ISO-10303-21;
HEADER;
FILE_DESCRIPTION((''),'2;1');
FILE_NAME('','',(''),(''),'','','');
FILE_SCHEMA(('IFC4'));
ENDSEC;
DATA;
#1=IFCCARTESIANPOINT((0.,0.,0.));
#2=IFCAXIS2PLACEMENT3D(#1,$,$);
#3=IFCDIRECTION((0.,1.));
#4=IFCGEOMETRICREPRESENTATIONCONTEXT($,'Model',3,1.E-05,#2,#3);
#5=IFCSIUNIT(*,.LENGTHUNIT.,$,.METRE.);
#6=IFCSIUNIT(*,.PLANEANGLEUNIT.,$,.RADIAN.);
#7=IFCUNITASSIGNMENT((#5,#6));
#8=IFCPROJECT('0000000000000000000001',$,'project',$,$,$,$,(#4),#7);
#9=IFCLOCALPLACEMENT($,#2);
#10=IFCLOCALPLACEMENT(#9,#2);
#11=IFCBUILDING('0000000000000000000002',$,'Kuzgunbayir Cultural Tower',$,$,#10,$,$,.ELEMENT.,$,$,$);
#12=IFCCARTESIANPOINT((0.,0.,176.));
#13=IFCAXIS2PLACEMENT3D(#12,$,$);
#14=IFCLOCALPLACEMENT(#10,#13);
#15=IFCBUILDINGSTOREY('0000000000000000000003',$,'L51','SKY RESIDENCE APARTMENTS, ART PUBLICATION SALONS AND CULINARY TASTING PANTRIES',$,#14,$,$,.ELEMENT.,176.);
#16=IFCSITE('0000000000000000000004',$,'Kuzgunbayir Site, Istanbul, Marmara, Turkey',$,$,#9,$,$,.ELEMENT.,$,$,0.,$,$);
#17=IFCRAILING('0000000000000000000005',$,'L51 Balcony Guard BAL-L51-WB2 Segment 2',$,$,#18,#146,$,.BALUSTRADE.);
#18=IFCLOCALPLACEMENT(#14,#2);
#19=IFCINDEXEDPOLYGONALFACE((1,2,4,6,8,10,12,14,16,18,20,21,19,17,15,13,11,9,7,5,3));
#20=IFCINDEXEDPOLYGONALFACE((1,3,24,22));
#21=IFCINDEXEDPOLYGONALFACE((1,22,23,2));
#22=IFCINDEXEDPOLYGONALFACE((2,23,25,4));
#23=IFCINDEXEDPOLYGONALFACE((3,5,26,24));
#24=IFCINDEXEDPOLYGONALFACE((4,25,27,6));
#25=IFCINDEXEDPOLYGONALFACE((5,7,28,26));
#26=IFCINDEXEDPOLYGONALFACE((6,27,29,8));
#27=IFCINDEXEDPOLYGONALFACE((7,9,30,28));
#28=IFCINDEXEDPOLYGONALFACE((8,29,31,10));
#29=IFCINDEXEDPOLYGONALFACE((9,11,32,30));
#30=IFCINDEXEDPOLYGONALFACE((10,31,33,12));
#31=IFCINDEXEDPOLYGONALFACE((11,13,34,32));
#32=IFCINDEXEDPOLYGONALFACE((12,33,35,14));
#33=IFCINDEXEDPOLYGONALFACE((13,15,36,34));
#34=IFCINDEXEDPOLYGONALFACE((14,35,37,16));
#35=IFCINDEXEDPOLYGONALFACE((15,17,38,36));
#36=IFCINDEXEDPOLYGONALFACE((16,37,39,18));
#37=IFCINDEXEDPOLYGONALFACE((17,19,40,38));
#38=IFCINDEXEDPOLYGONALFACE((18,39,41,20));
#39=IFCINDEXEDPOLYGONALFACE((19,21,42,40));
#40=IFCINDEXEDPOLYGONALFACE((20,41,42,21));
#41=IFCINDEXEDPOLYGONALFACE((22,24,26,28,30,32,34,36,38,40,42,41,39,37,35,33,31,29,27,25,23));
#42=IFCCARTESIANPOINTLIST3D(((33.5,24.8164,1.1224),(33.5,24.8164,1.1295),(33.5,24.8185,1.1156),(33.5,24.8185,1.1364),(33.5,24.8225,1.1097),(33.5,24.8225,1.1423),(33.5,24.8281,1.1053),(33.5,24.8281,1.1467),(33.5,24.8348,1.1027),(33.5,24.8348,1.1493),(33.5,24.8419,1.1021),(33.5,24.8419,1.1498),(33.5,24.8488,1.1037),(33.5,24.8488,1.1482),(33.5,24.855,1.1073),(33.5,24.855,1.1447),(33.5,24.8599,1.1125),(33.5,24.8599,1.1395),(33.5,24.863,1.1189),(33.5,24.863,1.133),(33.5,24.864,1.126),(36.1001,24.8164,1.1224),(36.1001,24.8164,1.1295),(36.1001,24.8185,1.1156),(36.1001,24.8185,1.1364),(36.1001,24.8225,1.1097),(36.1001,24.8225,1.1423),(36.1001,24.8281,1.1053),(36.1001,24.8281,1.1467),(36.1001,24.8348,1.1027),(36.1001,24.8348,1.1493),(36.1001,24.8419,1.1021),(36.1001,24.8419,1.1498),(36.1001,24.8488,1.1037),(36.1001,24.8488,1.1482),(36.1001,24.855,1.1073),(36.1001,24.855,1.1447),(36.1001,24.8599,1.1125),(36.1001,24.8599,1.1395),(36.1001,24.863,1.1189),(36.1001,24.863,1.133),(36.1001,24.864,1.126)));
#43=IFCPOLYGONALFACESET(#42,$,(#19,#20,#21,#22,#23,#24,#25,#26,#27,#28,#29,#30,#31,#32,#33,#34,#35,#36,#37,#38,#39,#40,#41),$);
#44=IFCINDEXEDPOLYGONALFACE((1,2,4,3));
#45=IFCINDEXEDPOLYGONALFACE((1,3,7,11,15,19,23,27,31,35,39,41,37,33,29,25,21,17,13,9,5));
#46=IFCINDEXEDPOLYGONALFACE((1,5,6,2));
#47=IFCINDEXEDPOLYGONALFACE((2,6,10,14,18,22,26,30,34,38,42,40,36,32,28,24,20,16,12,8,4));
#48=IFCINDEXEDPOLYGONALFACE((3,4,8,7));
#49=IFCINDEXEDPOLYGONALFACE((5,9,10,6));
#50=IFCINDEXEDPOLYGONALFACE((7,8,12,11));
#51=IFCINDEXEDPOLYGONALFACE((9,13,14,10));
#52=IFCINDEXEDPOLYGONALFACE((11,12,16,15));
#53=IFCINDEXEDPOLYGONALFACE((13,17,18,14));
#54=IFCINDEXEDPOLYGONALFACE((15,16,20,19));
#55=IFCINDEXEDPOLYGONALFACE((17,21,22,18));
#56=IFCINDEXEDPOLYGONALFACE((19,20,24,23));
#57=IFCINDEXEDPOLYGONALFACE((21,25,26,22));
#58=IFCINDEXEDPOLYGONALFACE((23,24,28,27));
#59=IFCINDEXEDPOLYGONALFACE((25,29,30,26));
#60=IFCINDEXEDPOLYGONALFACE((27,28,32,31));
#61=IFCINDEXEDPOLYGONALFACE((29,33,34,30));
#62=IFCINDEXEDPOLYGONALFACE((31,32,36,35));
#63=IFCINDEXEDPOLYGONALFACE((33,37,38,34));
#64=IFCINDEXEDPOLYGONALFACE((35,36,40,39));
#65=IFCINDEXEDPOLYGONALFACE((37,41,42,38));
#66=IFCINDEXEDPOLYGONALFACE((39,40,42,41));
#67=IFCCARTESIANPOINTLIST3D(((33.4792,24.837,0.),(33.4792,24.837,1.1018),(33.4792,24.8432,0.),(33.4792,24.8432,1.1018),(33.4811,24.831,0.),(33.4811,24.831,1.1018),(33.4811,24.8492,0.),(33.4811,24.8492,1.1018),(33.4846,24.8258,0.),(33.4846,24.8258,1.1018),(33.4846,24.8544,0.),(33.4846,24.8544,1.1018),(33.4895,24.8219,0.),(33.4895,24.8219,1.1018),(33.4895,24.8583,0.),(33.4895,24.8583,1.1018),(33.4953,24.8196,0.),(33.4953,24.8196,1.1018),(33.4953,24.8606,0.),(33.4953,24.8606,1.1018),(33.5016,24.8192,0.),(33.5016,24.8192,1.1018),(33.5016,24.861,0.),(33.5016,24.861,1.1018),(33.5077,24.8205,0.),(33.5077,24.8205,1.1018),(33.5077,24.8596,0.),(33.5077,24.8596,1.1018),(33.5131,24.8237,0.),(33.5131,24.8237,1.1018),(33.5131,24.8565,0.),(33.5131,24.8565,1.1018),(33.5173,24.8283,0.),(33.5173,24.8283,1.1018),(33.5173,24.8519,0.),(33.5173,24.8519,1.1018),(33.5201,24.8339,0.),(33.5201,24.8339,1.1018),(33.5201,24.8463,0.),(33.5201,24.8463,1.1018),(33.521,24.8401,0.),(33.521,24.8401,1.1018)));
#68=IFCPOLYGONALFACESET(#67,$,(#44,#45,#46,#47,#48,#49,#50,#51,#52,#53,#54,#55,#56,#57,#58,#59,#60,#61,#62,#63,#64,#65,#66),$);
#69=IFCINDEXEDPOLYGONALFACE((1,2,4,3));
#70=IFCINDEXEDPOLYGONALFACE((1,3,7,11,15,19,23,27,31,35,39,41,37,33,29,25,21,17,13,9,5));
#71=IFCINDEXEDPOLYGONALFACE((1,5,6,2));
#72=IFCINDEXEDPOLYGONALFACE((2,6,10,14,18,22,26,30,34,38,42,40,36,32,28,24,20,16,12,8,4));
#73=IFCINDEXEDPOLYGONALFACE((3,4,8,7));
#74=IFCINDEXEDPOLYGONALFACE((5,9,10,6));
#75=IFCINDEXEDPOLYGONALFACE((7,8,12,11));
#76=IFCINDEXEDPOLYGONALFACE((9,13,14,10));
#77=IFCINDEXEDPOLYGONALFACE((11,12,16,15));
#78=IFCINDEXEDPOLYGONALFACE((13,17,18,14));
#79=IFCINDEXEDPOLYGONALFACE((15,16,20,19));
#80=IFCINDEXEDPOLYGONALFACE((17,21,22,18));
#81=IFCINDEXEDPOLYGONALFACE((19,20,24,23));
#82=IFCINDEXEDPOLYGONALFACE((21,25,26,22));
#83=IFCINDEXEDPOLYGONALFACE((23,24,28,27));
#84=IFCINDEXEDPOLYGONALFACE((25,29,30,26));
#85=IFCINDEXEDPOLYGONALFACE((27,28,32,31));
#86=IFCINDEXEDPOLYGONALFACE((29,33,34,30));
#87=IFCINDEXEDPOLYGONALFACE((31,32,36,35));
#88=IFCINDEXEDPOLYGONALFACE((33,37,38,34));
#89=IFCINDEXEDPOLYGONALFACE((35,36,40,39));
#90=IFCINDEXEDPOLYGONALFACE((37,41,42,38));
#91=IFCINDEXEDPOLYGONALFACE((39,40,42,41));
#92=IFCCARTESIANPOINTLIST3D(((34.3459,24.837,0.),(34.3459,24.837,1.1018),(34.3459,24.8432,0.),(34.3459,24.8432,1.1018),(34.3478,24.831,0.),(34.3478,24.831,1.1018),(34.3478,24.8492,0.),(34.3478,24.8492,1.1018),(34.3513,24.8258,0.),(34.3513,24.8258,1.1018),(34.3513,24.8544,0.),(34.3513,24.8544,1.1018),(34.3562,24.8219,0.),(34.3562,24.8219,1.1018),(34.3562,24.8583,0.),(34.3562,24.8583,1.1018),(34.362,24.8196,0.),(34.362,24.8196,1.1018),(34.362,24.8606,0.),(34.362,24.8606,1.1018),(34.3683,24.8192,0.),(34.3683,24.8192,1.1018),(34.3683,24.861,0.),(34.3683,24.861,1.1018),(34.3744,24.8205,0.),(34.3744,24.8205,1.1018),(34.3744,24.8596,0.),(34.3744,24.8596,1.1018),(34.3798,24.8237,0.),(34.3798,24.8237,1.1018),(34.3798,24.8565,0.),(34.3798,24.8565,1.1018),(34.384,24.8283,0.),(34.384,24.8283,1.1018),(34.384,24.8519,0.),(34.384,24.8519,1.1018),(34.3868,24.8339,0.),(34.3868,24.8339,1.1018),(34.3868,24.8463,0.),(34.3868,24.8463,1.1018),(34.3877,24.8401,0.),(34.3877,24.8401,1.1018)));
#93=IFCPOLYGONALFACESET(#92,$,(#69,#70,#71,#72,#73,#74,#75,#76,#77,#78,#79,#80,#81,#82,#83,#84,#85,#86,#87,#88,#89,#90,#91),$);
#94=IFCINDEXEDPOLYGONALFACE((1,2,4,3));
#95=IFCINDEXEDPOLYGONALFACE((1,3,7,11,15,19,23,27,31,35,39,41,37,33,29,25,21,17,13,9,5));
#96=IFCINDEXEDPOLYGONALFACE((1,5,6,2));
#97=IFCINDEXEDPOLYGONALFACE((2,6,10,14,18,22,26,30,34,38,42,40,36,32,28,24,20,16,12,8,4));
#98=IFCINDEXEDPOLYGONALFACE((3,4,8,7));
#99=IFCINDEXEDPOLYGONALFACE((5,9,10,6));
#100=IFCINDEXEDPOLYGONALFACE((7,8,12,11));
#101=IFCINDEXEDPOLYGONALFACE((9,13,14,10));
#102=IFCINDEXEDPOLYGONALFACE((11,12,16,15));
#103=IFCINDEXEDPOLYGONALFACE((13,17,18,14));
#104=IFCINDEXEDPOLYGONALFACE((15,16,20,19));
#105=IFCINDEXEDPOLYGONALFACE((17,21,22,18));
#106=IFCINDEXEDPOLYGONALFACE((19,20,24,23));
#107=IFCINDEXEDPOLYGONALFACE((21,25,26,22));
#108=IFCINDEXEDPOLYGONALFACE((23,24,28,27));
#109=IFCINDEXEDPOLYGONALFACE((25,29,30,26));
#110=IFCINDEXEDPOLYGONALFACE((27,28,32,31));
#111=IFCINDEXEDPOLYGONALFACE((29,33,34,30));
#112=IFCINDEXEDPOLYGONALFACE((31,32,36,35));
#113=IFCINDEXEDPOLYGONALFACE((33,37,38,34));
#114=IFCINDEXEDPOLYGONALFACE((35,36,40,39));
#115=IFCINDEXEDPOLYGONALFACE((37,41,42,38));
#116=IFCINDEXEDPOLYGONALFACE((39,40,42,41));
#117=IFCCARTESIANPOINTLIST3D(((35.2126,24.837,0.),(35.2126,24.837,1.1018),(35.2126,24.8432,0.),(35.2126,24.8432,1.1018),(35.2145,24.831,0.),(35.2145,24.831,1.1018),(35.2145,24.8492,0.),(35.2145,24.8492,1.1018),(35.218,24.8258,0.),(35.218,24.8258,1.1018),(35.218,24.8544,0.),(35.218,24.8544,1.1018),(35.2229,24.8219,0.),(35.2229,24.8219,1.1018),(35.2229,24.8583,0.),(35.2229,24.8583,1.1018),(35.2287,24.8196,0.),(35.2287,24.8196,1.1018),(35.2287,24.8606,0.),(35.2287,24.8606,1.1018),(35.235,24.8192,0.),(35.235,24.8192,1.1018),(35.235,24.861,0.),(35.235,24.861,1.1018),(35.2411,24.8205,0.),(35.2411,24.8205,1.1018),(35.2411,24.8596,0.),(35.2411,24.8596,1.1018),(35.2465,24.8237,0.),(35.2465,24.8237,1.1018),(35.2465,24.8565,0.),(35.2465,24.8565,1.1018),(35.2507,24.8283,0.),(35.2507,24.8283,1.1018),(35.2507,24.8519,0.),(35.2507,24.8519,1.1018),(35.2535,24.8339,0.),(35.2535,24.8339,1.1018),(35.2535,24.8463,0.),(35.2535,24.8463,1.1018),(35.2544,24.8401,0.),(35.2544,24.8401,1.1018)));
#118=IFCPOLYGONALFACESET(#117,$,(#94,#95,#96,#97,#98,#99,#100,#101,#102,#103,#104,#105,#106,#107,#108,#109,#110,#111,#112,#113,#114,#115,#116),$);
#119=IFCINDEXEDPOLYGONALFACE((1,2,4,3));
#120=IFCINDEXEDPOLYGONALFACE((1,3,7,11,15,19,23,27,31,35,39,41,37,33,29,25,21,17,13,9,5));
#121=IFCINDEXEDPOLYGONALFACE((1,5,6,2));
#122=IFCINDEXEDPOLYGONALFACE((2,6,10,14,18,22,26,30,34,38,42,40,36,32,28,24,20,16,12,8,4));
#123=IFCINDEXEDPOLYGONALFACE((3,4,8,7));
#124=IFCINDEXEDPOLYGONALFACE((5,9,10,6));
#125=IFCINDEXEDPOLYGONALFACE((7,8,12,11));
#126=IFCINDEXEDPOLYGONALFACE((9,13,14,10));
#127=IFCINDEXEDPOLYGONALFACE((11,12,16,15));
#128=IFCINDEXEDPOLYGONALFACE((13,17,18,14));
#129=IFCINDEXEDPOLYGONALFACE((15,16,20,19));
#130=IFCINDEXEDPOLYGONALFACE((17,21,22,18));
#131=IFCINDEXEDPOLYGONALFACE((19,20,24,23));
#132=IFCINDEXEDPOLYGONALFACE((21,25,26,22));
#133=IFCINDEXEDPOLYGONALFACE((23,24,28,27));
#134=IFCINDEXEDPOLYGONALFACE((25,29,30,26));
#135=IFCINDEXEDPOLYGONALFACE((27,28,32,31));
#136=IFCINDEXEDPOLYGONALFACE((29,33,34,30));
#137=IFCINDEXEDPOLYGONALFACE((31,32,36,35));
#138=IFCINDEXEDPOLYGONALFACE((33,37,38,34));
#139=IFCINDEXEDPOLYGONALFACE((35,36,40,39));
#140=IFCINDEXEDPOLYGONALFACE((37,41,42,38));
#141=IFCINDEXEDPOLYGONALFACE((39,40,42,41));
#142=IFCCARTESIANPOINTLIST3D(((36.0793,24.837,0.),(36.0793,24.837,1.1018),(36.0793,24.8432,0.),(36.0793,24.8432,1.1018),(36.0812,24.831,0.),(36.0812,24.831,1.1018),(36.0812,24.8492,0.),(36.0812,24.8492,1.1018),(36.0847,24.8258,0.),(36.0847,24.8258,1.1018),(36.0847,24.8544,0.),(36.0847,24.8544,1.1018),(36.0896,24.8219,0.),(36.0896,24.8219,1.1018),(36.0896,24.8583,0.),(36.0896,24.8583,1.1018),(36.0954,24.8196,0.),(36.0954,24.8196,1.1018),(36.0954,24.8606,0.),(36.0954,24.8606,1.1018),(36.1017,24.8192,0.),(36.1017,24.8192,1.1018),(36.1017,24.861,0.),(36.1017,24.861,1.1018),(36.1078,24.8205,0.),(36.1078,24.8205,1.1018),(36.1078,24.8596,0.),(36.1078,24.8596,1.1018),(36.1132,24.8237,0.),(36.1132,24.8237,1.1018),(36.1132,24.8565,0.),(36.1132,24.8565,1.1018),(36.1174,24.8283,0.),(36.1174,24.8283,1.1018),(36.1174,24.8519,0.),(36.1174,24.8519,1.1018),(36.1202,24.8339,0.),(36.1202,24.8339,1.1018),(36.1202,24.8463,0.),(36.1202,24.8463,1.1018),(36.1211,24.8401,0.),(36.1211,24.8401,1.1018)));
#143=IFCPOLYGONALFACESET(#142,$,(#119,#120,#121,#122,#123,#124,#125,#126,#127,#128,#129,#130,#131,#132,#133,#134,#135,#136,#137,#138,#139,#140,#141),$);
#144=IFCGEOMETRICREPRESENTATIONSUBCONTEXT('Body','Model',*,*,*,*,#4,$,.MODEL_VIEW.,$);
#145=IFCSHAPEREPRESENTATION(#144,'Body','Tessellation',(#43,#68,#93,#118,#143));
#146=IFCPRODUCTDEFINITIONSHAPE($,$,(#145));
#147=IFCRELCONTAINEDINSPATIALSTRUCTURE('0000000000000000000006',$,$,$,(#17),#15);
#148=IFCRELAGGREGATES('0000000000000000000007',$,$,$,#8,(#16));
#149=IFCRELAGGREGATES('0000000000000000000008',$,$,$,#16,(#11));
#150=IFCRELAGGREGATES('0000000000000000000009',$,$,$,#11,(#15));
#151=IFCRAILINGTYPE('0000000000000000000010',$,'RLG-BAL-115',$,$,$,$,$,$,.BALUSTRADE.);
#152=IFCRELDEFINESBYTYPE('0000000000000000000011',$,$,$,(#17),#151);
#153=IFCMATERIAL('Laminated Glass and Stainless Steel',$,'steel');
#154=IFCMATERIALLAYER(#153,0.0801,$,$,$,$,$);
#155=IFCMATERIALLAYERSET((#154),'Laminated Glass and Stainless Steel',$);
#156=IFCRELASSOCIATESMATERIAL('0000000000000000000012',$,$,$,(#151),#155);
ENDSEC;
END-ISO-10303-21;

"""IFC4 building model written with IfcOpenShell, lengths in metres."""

from ifc_helpers import new_model, si_unit, direction, frame, origin, origin_2d, place, context, subcontext, project, spatial, circle, extrude, material, layer, layer_set, type_object, element, save


model = new_model("IFC4")

# Units and contexts
model_context = context("Model", 3, precision=1e-05, world=origin(), true_north=direction((0.0, 1.0)))
body_context = subcontext(model_context, "Body", "Model", "MODEL_VIEW")
ifc_project = project(units=[si_unit("LENGTHUNIT", "METRE"), si_unit("PLANEANGLEUNIT", "RADIAN")], contexts=[model_context])

# Site, building, storey
site_placement = place(None, origin())
site = spatial("IfcSite", under=ifc_project, at=site_placement, Name="Kuzgunbayir Site, Istanbul, Marmara, Turkey", CompositionType="ELEMENT", RefElevation=0.0)
building_placement = place(site_placement, origin())
building = spatial("IfcBuilding", under=site, at=building_placement, Name="Kuzgunbayir Cultural Tower", CompositionType="ELEMENT")
storey_placement = place(building_placement, frame((0.0, 0.0, 176.0)))
storey = spatial("IfcBuildingStorey", under=building, at=storey_placement, Name="L51", Description="SKY RESIDENCE APARTMENTS, ART PUBLICATION SALONS AND CULINARY TASTING PANTRIES", CompositionType="ELEMENT", Elevation=176.0)

# Railing
ifc_material_1 = material(Name="Laminated Glass and Stainless Steel", Category="steel")
ifc_layer_1 = layer(ifc_material_1, 0.0801)
ifc_layer_set_1 = layer_set([ifc_layer_1], Name="Laminated Glass and Stainless Steel")
railing_type = type_object("IfcRailingType", Name="RLG-BAL-115", PredefinedType="BALUSTRADE", material=ifc_layer_set_1)
railing_1_placement = place(storey_placement, frame((33.5, 24.8401, 0.0)))
element("IfcRailing", 1, at=railing_1_placement, inside=storey, type_object=railing_type, Name="L51 Balcony Guard BAL-L51-WB2 Segment 2", PredefinedType="BALUSTRADE", context=body_context, shape_type="SweptSolid", body=[
    extrude(circle(Radius=0.0239, at=origin_2d()), frame((0.0, 0.0, 1.126), z_axis=(1.0, 0.0, 0.0), x_axis=(0.0, 1.0, 0.0)), (0.0, 0.0, 1.0), 2.6001),
    extrude(circle(Radius=0.021, at=origin_2d()), origin(), (0.0, 0.0, 1.0), 1.1018),
    extrude(circle(Radius=0.021, at=origin_2d()), frame((0.8667, 0.0, 0.0)), (0.0, 0.0, 1.0), 1.1018),
    extrude(circle(Radius=0.021, at=origin_2d()), frame((1.7334, 0.0, 0.0)), (0.0, 0.0, 1.0), 1.1018),
    extrude(circle(Radius=0.021, at=origin_2d()), frame((2.6001, 0.0, 0.0)), (0.0, 0.0, 1.0), 1.1018),
])

save(model, "model.ifc")
